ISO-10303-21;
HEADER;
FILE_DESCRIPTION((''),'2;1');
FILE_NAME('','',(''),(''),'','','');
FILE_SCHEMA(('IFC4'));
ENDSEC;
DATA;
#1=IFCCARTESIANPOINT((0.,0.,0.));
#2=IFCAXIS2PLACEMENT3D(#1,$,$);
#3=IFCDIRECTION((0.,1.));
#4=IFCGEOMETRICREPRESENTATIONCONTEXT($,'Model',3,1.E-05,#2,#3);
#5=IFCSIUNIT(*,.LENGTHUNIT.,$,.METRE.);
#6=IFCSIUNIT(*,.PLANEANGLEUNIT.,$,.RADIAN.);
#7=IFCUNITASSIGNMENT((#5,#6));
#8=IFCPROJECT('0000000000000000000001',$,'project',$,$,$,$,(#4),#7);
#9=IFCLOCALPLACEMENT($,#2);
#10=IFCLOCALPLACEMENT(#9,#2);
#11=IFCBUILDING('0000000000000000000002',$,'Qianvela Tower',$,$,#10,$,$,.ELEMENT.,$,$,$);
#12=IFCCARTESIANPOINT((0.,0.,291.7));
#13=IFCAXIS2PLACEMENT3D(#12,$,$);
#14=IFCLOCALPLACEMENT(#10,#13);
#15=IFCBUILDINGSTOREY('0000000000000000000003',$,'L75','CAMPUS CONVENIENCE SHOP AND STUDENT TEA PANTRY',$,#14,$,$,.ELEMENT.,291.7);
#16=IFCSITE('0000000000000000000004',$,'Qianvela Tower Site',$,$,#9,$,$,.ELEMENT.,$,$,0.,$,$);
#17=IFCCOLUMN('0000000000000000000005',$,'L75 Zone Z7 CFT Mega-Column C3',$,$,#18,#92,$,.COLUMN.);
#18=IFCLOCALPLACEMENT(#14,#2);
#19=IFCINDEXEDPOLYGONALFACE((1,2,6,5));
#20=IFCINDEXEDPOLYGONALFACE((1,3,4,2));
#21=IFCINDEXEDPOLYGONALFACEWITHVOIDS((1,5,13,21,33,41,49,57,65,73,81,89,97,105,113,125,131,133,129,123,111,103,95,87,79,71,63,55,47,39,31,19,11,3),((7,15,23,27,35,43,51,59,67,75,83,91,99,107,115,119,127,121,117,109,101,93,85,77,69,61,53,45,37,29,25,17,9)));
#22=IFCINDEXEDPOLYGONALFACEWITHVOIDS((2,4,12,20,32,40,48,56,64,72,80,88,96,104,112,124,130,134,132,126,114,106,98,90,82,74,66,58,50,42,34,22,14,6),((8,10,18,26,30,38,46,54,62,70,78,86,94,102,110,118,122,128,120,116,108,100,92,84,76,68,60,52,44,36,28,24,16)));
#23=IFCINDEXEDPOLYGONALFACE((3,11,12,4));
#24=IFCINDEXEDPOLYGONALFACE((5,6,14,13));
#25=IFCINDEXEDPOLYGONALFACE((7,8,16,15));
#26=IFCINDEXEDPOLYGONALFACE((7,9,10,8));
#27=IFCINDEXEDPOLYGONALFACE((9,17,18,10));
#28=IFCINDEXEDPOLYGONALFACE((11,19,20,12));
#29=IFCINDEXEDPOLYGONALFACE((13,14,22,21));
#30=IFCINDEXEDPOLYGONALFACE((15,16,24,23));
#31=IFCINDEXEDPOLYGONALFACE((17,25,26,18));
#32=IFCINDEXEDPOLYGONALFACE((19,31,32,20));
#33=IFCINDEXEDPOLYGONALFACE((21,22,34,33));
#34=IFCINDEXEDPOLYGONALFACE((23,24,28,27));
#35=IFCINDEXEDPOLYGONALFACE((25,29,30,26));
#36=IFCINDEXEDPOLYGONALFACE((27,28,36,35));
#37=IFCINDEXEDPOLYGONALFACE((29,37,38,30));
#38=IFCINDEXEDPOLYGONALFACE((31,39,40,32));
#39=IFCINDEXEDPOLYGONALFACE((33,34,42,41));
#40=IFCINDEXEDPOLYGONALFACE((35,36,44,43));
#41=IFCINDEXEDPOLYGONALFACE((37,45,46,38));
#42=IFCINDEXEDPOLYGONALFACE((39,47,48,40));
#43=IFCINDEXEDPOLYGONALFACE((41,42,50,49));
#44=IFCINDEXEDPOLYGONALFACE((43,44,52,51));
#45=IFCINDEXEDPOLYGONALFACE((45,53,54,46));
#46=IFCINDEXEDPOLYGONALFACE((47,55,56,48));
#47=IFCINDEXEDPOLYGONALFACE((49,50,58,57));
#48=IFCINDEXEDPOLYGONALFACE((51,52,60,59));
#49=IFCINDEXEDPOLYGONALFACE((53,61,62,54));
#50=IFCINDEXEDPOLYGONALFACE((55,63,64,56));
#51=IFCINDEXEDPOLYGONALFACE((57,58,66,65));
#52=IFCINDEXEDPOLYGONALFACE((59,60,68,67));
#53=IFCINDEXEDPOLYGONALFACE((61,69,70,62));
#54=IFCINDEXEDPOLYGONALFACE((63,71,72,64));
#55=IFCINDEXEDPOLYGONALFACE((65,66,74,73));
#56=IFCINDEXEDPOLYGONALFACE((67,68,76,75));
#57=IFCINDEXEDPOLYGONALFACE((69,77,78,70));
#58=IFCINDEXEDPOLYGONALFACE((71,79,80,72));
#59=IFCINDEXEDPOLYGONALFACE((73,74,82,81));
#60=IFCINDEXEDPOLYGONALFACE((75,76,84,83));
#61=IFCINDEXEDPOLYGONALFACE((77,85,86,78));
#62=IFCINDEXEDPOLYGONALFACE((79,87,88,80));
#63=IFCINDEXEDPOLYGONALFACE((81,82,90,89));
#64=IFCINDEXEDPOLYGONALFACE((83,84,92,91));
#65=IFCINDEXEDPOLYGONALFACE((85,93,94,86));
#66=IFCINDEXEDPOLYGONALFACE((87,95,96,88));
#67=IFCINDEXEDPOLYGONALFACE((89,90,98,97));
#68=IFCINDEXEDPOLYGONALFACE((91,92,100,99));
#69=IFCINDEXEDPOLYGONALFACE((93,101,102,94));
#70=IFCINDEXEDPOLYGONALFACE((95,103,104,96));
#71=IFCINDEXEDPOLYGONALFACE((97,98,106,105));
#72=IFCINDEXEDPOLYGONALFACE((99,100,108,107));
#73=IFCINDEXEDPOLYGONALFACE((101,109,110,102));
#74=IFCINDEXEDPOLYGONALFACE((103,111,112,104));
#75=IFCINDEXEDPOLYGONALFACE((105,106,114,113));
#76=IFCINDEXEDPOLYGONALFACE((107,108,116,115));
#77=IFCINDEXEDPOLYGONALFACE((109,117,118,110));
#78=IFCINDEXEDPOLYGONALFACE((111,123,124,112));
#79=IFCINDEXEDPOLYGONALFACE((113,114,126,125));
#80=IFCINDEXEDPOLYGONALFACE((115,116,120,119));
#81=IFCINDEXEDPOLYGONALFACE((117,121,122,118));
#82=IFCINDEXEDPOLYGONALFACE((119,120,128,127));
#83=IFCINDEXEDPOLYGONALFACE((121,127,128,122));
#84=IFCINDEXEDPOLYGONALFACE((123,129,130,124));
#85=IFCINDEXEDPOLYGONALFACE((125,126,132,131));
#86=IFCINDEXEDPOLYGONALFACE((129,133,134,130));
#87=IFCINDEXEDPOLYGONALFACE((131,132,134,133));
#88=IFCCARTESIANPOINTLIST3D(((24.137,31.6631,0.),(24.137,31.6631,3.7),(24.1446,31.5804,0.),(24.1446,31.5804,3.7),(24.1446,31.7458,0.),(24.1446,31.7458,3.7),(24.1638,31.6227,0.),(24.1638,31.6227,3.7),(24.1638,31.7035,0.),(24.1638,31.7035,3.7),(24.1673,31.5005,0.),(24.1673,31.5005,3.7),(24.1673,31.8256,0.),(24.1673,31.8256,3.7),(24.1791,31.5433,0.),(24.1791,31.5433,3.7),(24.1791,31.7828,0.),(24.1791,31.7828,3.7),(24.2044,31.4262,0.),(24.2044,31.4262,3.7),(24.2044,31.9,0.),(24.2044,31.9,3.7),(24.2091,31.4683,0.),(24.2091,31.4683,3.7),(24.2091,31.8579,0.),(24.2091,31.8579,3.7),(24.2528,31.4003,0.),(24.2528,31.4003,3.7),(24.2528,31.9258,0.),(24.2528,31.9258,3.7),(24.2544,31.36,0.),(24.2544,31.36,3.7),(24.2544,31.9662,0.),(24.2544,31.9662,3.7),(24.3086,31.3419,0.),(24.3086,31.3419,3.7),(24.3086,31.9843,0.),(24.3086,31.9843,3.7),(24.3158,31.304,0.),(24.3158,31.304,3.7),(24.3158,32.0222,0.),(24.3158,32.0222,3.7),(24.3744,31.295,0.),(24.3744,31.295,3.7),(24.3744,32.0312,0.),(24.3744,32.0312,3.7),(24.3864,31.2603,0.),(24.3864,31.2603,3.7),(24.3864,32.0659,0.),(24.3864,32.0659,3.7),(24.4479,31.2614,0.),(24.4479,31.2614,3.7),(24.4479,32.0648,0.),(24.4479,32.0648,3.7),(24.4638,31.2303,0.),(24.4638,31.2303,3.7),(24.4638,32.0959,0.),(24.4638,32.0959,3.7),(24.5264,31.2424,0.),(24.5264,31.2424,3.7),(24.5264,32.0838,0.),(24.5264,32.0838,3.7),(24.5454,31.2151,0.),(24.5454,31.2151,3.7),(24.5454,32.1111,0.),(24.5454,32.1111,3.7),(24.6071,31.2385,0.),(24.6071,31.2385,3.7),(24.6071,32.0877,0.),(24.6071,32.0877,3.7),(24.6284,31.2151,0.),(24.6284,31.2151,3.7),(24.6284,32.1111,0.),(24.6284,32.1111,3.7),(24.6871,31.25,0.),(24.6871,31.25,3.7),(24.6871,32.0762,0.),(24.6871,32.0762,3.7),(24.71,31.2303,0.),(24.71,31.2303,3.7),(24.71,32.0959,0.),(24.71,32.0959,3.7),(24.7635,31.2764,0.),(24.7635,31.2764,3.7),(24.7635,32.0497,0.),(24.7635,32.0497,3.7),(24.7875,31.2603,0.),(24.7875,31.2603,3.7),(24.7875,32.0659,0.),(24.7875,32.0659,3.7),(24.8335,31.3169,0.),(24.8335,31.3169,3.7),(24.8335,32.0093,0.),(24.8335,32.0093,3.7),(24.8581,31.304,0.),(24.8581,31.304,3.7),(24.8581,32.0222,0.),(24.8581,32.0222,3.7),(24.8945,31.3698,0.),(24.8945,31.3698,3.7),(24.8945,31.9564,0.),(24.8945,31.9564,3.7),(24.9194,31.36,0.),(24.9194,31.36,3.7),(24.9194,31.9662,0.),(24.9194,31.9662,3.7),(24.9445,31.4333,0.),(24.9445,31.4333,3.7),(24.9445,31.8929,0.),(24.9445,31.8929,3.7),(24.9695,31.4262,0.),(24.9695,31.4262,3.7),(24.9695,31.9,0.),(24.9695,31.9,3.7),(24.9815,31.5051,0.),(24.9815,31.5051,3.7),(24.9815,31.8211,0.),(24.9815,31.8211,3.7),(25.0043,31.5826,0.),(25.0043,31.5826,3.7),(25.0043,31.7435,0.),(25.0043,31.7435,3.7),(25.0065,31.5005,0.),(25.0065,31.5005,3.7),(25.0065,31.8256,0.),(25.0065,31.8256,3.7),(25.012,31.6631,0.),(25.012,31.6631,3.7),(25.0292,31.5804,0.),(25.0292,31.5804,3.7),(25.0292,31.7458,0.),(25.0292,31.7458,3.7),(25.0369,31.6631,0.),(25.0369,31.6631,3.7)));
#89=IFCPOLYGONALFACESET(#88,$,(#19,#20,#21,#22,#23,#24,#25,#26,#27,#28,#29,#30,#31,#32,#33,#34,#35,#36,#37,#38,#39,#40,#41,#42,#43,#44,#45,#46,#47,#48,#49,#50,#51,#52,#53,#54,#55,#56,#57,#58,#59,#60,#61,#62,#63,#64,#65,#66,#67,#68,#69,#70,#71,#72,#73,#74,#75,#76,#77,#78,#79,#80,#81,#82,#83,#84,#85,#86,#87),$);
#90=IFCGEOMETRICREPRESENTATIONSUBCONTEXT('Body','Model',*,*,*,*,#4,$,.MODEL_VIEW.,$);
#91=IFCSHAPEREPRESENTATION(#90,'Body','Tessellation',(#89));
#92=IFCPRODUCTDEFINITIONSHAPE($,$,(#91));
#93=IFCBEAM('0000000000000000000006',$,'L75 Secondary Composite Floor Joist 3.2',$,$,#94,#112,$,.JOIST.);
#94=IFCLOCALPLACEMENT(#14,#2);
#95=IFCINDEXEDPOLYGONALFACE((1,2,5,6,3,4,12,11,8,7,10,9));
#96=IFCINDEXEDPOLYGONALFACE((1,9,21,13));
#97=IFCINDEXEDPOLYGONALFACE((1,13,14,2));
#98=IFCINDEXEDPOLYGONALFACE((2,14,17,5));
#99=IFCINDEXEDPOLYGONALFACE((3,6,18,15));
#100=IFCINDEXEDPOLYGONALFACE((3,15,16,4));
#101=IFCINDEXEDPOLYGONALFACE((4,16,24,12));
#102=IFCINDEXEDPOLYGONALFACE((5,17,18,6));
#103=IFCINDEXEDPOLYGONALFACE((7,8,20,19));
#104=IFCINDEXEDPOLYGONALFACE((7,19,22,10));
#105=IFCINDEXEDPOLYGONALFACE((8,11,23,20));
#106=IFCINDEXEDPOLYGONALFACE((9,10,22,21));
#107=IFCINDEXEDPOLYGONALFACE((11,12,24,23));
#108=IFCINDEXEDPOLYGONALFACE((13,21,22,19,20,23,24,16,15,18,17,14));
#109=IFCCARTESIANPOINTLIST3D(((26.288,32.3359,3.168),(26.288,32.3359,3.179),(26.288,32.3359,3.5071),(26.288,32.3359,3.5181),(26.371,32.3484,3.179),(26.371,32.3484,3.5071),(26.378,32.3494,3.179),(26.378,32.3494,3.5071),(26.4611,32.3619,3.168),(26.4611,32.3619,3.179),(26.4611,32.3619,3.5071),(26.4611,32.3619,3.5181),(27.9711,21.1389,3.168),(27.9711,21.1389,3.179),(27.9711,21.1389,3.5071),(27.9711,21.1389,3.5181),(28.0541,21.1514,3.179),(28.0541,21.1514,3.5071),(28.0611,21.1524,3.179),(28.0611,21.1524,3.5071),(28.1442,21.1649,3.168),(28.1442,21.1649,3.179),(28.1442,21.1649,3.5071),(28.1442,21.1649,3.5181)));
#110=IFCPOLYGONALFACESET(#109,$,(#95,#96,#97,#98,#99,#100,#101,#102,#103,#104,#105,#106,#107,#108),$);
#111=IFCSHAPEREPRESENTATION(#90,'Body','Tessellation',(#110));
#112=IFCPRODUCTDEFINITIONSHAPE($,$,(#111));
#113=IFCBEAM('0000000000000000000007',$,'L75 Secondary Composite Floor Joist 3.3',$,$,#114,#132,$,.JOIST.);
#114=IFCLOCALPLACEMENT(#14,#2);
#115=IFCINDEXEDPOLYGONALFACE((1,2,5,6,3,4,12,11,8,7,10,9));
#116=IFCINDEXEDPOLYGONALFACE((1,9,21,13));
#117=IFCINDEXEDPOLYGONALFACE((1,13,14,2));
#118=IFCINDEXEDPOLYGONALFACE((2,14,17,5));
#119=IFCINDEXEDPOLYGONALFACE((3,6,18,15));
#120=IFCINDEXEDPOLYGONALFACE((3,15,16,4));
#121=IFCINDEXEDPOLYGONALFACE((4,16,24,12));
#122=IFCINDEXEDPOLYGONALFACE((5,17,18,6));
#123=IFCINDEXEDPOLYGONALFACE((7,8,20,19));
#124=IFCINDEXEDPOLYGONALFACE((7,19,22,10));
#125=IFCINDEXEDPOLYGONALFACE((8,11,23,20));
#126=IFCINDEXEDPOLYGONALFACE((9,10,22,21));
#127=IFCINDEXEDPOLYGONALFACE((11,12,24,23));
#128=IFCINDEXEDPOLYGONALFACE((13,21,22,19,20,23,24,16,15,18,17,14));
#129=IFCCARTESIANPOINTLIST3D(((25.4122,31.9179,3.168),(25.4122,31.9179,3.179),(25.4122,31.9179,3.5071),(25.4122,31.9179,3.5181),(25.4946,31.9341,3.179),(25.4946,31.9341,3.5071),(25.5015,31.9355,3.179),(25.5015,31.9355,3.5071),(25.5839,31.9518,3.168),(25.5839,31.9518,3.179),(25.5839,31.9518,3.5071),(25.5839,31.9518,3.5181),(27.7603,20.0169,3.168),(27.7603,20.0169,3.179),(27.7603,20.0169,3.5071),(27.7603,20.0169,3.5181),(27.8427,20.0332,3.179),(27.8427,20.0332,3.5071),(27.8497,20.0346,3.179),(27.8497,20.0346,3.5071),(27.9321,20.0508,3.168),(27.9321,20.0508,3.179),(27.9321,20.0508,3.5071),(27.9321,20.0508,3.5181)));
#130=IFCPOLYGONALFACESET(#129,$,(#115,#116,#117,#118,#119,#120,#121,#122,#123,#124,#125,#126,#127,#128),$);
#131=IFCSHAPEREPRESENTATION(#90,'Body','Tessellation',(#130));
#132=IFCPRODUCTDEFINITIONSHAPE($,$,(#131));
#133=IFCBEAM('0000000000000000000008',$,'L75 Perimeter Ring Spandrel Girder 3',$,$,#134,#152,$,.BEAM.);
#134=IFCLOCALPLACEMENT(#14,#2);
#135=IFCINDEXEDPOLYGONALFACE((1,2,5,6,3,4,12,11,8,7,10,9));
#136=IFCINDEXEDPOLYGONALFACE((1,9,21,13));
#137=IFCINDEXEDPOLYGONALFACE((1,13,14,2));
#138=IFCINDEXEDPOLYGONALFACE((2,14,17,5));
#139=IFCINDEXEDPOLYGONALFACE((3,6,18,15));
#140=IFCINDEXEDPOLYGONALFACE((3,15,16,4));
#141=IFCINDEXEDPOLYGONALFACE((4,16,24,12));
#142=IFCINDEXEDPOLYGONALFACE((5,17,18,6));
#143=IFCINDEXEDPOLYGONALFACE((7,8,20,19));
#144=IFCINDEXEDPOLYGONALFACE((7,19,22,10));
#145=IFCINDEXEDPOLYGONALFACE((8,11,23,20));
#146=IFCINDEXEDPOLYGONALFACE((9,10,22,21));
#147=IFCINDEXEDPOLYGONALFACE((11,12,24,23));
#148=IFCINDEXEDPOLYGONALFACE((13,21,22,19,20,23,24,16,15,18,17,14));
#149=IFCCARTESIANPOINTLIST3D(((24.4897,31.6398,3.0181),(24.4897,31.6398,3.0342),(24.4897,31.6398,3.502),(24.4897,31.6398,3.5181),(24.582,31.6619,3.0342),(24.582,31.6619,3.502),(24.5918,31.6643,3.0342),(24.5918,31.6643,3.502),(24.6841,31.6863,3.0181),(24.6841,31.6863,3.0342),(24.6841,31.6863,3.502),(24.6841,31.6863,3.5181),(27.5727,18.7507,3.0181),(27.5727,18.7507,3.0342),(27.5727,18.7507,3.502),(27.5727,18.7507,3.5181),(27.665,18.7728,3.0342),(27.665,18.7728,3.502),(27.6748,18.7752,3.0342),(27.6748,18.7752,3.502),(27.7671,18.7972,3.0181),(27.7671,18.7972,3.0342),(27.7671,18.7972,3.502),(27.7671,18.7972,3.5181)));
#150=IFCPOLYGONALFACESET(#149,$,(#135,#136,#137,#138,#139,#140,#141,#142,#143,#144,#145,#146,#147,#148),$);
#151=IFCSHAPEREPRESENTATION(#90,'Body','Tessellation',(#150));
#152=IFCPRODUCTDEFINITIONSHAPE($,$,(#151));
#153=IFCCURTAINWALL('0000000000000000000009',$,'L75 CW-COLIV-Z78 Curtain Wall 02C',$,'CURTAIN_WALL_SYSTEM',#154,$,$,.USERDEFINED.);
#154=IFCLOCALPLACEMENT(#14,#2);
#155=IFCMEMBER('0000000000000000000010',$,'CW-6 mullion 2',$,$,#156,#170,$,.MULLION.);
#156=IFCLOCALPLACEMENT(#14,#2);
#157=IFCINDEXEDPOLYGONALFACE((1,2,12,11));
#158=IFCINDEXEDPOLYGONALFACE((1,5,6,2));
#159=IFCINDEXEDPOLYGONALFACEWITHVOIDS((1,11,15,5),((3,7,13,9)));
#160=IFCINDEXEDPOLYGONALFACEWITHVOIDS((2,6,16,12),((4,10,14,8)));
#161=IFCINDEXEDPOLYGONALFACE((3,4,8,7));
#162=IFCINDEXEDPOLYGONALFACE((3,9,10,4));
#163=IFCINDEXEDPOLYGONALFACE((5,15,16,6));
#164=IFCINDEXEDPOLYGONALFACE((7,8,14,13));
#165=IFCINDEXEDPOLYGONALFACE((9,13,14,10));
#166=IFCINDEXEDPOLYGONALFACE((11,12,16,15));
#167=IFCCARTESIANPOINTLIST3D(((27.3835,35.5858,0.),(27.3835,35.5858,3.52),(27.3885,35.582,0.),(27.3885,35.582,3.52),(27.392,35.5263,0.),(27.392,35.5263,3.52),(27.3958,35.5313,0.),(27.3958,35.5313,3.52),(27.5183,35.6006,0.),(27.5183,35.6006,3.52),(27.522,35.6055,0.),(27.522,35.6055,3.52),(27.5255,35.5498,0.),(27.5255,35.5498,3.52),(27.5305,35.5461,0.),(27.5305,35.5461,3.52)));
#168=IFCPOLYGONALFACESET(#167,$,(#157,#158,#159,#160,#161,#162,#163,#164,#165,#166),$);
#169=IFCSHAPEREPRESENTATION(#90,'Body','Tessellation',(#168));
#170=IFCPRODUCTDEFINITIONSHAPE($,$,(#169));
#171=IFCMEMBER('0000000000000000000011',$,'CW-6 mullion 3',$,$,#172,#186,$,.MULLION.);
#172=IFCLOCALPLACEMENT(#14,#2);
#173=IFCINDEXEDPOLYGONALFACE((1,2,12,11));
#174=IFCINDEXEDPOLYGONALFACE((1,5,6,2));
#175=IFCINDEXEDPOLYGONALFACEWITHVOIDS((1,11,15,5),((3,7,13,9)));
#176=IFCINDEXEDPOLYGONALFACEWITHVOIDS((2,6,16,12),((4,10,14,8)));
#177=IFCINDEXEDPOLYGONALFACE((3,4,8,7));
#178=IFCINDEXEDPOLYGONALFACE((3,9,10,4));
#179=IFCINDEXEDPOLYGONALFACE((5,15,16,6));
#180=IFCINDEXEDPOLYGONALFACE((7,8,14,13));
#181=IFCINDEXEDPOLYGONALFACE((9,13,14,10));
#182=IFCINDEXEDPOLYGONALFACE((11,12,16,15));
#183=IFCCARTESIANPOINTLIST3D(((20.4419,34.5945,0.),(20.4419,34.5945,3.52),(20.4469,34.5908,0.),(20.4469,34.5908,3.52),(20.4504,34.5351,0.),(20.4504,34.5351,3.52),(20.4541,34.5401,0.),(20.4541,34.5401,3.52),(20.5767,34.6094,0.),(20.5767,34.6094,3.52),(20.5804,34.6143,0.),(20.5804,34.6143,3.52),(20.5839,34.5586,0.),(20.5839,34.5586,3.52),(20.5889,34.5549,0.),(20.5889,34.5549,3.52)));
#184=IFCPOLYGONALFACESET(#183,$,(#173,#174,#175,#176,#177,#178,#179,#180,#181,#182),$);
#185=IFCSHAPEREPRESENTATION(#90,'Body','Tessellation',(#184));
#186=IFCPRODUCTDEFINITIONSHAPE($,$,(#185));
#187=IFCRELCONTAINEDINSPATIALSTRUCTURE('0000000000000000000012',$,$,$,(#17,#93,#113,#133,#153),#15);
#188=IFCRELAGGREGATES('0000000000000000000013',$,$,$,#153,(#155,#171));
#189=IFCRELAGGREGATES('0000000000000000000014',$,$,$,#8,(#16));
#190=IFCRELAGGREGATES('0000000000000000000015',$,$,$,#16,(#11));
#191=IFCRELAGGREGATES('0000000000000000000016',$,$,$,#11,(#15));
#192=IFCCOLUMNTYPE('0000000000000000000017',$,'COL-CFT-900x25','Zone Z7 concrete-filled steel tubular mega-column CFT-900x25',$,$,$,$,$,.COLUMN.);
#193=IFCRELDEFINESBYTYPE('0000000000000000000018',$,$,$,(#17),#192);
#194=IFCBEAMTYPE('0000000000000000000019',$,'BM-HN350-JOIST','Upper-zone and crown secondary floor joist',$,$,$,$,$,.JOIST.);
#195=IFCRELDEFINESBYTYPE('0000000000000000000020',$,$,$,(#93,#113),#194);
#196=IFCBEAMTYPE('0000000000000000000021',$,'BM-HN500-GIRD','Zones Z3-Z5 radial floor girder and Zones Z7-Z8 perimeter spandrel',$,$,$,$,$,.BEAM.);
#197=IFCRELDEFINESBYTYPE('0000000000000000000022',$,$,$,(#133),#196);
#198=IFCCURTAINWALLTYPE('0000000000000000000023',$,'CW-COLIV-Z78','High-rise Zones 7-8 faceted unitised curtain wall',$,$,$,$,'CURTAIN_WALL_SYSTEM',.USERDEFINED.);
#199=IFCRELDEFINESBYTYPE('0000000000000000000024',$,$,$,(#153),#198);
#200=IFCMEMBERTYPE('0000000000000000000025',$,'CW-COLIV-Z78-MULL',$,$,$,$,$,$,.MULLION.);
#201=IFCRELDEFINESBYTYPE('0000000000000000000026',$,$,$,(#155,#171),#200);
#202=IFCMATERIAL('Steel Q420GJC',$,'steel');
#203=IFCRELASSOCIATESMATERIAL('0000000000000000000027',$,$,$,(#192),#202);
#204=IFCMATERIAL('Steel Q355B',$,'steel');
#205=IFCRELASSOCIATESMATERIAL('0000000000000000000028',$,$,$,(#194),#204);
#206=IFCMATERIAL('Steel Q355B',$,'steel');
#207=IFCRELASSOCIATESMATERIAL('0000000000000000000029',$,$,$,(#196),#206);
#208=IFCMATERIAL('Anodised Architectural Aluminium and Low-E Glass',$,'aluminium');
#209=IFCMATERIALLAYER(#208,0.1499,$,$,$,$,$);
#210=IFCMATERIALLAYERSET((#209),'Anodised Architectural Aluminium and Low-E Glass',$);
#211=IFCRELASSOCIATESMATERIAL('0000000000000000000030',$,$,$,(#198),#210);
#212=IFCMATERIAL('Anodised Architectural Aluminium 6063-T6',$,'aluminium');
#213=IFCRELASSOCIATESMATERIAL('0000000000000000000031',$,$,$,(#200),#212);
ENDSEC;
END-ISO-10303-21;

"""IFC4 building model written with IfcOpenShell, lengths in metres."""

from ifc_helpers import new_model, si_unit, direction, frame, origin, origin_2d, place, context, subcontext, project, spatial, hollow_rectangle, hollow_circle, i_section, extrude, material, layer, layer_set, material_profile, profile_set, type_object, element, aggregate, save


model = new_model("IFC4")

# Units and contexts
model_context = context("Model", 3, precision=1e-05, world=origin(), true_north=direction((0.0, 1.0)))
body_context = subcontext(model_context, "Body", "Model", "MODEL_VIEW")
ifc_project = project(units=[si_unit("LENGTHUNIT", "METRE"), si_unit("PLANEANGLEUNIT", "RADIAN")], contexts=[model_context])

# Site, building, storey
site_placement = place(None, origin())
site = spatial("IfcSite", under=ifc_project, at=site_placement, Name="Qianvela Tower Site", CompositionType="ELEMENT", RefElevation=0.0)
building_placement = place(site_placement, origin())
building = spatial("IfcBuilding", under=site, at=building_placement, Name="Qianvela Tower", CompositionType="ELEMENT")
storey_placement = place(building_placement, frame((0.0, 0.0, 291.7)))
storey = spatial("IfcBuildingStorey", under=building, at=storey_placement, Name="L75", Description="CAMPUS CONVENIENCE SHOP AND STUDENT TEA PANTRY", CompositionType="ELEMENT", Elevation=291.7)

# Column
ifc_material_1 = material(Name="Steel Q420GJC", Category="steel")
ifc_material_profile_1 = material_profile(ifc_material_1, hollow_circle(Radius=0.45, WallThickness=0.0249, at=origin_2d()), Name="CFT-900x25")
ifc_profile_set_1 = profile_set([ifc_material_profile_1], Name="Steel Q420GJC")
column_type = type_object("IfcColumnType", Name="COL-CFT-900x25", Description="Zone Z7 concrete-filled steel tubular mega-column CFT-900x25", PredefinedType="COLUMN", material=ifc_profile_set_1)
column_placement = place(storey_placement, frame((24.5869, 31.6631, 0.0), z_axis=(0.0, 0.0, 1.0), x_axis=(1.0, 0.0, 0.0)))
element("IfcColumn", 1, at=column_placement, inside=storey, type_object=column_type, Name="L75 Zone Z7 CFT Mega-Column C3", PredefinedType="COLUMN", context=body_context, shape_type="SweptSolid", body=[
    extrude(hollow_circle(Radius=0.45, WallThickness=0.0249, at=origin_2d()), origin(), (0.0, 0.0, 1.0), 3.7),
])

# Beams
ifc_material_2 = material(Name="Steel Q355B", Category="steel")
ifc_material_profile_2 = material_profile(ifc_material_2, i_section(OverallWidth=0.175, OverallDepth=0.3501, WebThickness=0.0071, FlangeThickness=0.011, at=origin_2d()), Name="HN350x175x7x11")
ifc_profile_set_2 = profile_set([ifc_material_profile_2], Name="Steel Q355B")
beam_type_1 = type_object("IfcBeamType", Name="BM-HN350-JOIST", Description="Upper-zone and crown secondary floor joist", PredefinedType="JOIST", material=ifc_profile_set_2)
beam_1_placement = place(storey_placement, frame((26.3745, 32.3489, 3.343), z_axis=(0.148647, -0.98889, 0.0), x_axis=(0.98889, 0.148647, 0.0)))
element("IfcBeam", 2, at=beam_1_placement, inside=storey, type_object=beam_type_1, Name="L75 Secondary Composite Floor Joist 3.2", PredefinedType="JOIST", context=body_context, shape_type="SweptSolid", body=[
    extrude(i_section(OverallWidth=0.175, OverallDepth=0.3501, WebThickness=0.0071, FlangeThickness=0.011, at=origin_2d()), origin(), (0.0, 0.0, 1.0), 11.3228),
])
beam_2_placement = place(storey_placement, frame((25.498, 31.9348, 3.343), z_axis=(0.193576, -0.981085, 0.0), x_axis=(0.981085, 0.193576, 0.0)))
element("IfcBeam", 3, at=beam_2_placement, inside=storey, type_object=beam_type_1, Name="L75 Secondary Composite Floor Joist 3.3", PredefinedType="JOIST", context=body_context, shape_type="SweptSolid", body=[
    extrude(i_section(OverallWidth=0.175, OverallDepth=0.3501, WebThickness=0.0071, FlangeThickness=0.011, at=origin_2d()), origin(), (0.0, 0.0, 1.0), 12.1304),
])
ifc_material_3 = material(Name="Steel Q355B", Category="steel")
ifc_material_profile_3 = material_profile(ifc_material_3, i_section(OverallWidth=0.2, OverallDepth=0.5, WebThickness=0.01, FlangeThickness=0.0161, at=origin_2d()), Name="HN500x200x10x16")
ifc_profile_set_3 = profile_set([ifc_material_profile_3], Name="Steel Q355B")
beam_type_2 = type_object("IfcBeamType", Name="BM-HN500-GIRD", Description="Zones Z3-Z5 radial floor girder and Zones Z7-Z8 perimeter spandrel", PredefinedType="BEAM", material=ifc_profile_set_3)
beam_3_placement = place(storey_placement, frame((24.5869, 31.6631, 3.2681), z_axis=(0.232632, -0.972565, 0.0), x_axis=(0.972565, 0.232632, 0.0)))
element("IfcBeam", 4, at=beam_3_placement, inside=storey, type_object=beam_type_2, Name="L75 Perimeter Ring Spandrel Girder 3", PredefinedType="BEAM", context=body_context, shape_type="SweptSolid", body=[
    extrude(i_section(OverallWidth=0.2, OverallDepth=0.5, WebThickness=0.01, FlangeThickness=0.0161, at=origin_2d()), origin(), (0.0, 0.0, 1.0), 13.2527),
])

# Curtain wall, members
ifc_material_4 = material(Name="Anodised Architectural Aluminium and Low-E Glass", Category="aluminium")
ifc_layer_1 = layer(ifc_material_4, 0.1499)
ifc_layer_set_1 = layer_set([ifc_layer_1], Name="Anodised Architectural Aluminium and Low-E Glass")
curtain_wall_type = type_object("IfcCurtainWallType", Name="CW-COLIV-Z78", Description="High-rise Zones 7-8 faceted unitised curtain wall", ElementType="CURTAIN_WALL_SYSTEM", PredefinedType="USERDEFINED", material=ifc_layer_set_1)
curtain_wall_1_placement = place(storey_placement, origin())
curtain_wall_1 = element("IfcCurtainWall", 5, at=curtain_wall_1_placement, inside=storey, type_object=curtain_wall_type, Name="L75 CW-COLIV-Z78 Curtain Wall 02C", ObjectType="CURTAIN_WALL_SYSTEM", PredefinedType="USERDEFINED")
ifc_material_5 = material(Name="Anodised Architectural Aluminium 6063-T6", Category="aluminium")
ifc_material_profile_4 = material_profile(ifc_material_5, hollow_rectangle(XDim=0.0601, YDim=0.1399, WallThickness=0.0044, at=origin_2d()), Name="ALU-MULL-60x140")
ifc_profile_set_4 = profile_set([ifc_material_profile_4], Name="Anodised Architectural Aluminium 6063-T6")
member_type_1 = type_object("IfcMemberType", Name="CW-COLIV-Z78-MULL", PredefinedType="MULLION", material=ifc_profile_set_4)
member_1_placement = place(storey_placement, frame((27.457, 35.5659, 0.0), z_axis=(0.0, 0.0, 1.0), x_axis=(0.141365, -0.989958, 0.0)))
member_1 = element("IfcMember", 6, at=member_1_placement, type_object=member_type_1, Name="CW-6 mullion 2", PredefinedType="MULLION", context=body_context, shape_type="SweptSolid", body=[
    extrude(hollow_rectangle(XDim=0.0601, YDim=0.1399, WallThickness=0.0044, at=origin_2d()), origin(), (0.0, 0.0, 1.0), 3.52),
])
member_2_placement = place(storey_placement, frame((20.5154, 34.5747, 0.0), z_axis=(0.0, 0.0, 1.0), x_axis=(0.141365, -0.989958, 0.0)))
member_2 = element("IfcMember", 7, at=member_2_placement, type_object=member_type_1, Name="CW-6 mullion 3", PredefinedType="MULLION", context=body_context, shape_type="SweptSolid", body=[
    extrude(hollow_rectangle(XDim=0.0601, YDim=0.1399, WallThickness=0.0044, at=origin_2d()), origin(), (0.0, 0.0, 1.0), 3.52),
])

aggregate(curtain_wall_1, [member_1, member_2])

save(model, "model.ifc")
